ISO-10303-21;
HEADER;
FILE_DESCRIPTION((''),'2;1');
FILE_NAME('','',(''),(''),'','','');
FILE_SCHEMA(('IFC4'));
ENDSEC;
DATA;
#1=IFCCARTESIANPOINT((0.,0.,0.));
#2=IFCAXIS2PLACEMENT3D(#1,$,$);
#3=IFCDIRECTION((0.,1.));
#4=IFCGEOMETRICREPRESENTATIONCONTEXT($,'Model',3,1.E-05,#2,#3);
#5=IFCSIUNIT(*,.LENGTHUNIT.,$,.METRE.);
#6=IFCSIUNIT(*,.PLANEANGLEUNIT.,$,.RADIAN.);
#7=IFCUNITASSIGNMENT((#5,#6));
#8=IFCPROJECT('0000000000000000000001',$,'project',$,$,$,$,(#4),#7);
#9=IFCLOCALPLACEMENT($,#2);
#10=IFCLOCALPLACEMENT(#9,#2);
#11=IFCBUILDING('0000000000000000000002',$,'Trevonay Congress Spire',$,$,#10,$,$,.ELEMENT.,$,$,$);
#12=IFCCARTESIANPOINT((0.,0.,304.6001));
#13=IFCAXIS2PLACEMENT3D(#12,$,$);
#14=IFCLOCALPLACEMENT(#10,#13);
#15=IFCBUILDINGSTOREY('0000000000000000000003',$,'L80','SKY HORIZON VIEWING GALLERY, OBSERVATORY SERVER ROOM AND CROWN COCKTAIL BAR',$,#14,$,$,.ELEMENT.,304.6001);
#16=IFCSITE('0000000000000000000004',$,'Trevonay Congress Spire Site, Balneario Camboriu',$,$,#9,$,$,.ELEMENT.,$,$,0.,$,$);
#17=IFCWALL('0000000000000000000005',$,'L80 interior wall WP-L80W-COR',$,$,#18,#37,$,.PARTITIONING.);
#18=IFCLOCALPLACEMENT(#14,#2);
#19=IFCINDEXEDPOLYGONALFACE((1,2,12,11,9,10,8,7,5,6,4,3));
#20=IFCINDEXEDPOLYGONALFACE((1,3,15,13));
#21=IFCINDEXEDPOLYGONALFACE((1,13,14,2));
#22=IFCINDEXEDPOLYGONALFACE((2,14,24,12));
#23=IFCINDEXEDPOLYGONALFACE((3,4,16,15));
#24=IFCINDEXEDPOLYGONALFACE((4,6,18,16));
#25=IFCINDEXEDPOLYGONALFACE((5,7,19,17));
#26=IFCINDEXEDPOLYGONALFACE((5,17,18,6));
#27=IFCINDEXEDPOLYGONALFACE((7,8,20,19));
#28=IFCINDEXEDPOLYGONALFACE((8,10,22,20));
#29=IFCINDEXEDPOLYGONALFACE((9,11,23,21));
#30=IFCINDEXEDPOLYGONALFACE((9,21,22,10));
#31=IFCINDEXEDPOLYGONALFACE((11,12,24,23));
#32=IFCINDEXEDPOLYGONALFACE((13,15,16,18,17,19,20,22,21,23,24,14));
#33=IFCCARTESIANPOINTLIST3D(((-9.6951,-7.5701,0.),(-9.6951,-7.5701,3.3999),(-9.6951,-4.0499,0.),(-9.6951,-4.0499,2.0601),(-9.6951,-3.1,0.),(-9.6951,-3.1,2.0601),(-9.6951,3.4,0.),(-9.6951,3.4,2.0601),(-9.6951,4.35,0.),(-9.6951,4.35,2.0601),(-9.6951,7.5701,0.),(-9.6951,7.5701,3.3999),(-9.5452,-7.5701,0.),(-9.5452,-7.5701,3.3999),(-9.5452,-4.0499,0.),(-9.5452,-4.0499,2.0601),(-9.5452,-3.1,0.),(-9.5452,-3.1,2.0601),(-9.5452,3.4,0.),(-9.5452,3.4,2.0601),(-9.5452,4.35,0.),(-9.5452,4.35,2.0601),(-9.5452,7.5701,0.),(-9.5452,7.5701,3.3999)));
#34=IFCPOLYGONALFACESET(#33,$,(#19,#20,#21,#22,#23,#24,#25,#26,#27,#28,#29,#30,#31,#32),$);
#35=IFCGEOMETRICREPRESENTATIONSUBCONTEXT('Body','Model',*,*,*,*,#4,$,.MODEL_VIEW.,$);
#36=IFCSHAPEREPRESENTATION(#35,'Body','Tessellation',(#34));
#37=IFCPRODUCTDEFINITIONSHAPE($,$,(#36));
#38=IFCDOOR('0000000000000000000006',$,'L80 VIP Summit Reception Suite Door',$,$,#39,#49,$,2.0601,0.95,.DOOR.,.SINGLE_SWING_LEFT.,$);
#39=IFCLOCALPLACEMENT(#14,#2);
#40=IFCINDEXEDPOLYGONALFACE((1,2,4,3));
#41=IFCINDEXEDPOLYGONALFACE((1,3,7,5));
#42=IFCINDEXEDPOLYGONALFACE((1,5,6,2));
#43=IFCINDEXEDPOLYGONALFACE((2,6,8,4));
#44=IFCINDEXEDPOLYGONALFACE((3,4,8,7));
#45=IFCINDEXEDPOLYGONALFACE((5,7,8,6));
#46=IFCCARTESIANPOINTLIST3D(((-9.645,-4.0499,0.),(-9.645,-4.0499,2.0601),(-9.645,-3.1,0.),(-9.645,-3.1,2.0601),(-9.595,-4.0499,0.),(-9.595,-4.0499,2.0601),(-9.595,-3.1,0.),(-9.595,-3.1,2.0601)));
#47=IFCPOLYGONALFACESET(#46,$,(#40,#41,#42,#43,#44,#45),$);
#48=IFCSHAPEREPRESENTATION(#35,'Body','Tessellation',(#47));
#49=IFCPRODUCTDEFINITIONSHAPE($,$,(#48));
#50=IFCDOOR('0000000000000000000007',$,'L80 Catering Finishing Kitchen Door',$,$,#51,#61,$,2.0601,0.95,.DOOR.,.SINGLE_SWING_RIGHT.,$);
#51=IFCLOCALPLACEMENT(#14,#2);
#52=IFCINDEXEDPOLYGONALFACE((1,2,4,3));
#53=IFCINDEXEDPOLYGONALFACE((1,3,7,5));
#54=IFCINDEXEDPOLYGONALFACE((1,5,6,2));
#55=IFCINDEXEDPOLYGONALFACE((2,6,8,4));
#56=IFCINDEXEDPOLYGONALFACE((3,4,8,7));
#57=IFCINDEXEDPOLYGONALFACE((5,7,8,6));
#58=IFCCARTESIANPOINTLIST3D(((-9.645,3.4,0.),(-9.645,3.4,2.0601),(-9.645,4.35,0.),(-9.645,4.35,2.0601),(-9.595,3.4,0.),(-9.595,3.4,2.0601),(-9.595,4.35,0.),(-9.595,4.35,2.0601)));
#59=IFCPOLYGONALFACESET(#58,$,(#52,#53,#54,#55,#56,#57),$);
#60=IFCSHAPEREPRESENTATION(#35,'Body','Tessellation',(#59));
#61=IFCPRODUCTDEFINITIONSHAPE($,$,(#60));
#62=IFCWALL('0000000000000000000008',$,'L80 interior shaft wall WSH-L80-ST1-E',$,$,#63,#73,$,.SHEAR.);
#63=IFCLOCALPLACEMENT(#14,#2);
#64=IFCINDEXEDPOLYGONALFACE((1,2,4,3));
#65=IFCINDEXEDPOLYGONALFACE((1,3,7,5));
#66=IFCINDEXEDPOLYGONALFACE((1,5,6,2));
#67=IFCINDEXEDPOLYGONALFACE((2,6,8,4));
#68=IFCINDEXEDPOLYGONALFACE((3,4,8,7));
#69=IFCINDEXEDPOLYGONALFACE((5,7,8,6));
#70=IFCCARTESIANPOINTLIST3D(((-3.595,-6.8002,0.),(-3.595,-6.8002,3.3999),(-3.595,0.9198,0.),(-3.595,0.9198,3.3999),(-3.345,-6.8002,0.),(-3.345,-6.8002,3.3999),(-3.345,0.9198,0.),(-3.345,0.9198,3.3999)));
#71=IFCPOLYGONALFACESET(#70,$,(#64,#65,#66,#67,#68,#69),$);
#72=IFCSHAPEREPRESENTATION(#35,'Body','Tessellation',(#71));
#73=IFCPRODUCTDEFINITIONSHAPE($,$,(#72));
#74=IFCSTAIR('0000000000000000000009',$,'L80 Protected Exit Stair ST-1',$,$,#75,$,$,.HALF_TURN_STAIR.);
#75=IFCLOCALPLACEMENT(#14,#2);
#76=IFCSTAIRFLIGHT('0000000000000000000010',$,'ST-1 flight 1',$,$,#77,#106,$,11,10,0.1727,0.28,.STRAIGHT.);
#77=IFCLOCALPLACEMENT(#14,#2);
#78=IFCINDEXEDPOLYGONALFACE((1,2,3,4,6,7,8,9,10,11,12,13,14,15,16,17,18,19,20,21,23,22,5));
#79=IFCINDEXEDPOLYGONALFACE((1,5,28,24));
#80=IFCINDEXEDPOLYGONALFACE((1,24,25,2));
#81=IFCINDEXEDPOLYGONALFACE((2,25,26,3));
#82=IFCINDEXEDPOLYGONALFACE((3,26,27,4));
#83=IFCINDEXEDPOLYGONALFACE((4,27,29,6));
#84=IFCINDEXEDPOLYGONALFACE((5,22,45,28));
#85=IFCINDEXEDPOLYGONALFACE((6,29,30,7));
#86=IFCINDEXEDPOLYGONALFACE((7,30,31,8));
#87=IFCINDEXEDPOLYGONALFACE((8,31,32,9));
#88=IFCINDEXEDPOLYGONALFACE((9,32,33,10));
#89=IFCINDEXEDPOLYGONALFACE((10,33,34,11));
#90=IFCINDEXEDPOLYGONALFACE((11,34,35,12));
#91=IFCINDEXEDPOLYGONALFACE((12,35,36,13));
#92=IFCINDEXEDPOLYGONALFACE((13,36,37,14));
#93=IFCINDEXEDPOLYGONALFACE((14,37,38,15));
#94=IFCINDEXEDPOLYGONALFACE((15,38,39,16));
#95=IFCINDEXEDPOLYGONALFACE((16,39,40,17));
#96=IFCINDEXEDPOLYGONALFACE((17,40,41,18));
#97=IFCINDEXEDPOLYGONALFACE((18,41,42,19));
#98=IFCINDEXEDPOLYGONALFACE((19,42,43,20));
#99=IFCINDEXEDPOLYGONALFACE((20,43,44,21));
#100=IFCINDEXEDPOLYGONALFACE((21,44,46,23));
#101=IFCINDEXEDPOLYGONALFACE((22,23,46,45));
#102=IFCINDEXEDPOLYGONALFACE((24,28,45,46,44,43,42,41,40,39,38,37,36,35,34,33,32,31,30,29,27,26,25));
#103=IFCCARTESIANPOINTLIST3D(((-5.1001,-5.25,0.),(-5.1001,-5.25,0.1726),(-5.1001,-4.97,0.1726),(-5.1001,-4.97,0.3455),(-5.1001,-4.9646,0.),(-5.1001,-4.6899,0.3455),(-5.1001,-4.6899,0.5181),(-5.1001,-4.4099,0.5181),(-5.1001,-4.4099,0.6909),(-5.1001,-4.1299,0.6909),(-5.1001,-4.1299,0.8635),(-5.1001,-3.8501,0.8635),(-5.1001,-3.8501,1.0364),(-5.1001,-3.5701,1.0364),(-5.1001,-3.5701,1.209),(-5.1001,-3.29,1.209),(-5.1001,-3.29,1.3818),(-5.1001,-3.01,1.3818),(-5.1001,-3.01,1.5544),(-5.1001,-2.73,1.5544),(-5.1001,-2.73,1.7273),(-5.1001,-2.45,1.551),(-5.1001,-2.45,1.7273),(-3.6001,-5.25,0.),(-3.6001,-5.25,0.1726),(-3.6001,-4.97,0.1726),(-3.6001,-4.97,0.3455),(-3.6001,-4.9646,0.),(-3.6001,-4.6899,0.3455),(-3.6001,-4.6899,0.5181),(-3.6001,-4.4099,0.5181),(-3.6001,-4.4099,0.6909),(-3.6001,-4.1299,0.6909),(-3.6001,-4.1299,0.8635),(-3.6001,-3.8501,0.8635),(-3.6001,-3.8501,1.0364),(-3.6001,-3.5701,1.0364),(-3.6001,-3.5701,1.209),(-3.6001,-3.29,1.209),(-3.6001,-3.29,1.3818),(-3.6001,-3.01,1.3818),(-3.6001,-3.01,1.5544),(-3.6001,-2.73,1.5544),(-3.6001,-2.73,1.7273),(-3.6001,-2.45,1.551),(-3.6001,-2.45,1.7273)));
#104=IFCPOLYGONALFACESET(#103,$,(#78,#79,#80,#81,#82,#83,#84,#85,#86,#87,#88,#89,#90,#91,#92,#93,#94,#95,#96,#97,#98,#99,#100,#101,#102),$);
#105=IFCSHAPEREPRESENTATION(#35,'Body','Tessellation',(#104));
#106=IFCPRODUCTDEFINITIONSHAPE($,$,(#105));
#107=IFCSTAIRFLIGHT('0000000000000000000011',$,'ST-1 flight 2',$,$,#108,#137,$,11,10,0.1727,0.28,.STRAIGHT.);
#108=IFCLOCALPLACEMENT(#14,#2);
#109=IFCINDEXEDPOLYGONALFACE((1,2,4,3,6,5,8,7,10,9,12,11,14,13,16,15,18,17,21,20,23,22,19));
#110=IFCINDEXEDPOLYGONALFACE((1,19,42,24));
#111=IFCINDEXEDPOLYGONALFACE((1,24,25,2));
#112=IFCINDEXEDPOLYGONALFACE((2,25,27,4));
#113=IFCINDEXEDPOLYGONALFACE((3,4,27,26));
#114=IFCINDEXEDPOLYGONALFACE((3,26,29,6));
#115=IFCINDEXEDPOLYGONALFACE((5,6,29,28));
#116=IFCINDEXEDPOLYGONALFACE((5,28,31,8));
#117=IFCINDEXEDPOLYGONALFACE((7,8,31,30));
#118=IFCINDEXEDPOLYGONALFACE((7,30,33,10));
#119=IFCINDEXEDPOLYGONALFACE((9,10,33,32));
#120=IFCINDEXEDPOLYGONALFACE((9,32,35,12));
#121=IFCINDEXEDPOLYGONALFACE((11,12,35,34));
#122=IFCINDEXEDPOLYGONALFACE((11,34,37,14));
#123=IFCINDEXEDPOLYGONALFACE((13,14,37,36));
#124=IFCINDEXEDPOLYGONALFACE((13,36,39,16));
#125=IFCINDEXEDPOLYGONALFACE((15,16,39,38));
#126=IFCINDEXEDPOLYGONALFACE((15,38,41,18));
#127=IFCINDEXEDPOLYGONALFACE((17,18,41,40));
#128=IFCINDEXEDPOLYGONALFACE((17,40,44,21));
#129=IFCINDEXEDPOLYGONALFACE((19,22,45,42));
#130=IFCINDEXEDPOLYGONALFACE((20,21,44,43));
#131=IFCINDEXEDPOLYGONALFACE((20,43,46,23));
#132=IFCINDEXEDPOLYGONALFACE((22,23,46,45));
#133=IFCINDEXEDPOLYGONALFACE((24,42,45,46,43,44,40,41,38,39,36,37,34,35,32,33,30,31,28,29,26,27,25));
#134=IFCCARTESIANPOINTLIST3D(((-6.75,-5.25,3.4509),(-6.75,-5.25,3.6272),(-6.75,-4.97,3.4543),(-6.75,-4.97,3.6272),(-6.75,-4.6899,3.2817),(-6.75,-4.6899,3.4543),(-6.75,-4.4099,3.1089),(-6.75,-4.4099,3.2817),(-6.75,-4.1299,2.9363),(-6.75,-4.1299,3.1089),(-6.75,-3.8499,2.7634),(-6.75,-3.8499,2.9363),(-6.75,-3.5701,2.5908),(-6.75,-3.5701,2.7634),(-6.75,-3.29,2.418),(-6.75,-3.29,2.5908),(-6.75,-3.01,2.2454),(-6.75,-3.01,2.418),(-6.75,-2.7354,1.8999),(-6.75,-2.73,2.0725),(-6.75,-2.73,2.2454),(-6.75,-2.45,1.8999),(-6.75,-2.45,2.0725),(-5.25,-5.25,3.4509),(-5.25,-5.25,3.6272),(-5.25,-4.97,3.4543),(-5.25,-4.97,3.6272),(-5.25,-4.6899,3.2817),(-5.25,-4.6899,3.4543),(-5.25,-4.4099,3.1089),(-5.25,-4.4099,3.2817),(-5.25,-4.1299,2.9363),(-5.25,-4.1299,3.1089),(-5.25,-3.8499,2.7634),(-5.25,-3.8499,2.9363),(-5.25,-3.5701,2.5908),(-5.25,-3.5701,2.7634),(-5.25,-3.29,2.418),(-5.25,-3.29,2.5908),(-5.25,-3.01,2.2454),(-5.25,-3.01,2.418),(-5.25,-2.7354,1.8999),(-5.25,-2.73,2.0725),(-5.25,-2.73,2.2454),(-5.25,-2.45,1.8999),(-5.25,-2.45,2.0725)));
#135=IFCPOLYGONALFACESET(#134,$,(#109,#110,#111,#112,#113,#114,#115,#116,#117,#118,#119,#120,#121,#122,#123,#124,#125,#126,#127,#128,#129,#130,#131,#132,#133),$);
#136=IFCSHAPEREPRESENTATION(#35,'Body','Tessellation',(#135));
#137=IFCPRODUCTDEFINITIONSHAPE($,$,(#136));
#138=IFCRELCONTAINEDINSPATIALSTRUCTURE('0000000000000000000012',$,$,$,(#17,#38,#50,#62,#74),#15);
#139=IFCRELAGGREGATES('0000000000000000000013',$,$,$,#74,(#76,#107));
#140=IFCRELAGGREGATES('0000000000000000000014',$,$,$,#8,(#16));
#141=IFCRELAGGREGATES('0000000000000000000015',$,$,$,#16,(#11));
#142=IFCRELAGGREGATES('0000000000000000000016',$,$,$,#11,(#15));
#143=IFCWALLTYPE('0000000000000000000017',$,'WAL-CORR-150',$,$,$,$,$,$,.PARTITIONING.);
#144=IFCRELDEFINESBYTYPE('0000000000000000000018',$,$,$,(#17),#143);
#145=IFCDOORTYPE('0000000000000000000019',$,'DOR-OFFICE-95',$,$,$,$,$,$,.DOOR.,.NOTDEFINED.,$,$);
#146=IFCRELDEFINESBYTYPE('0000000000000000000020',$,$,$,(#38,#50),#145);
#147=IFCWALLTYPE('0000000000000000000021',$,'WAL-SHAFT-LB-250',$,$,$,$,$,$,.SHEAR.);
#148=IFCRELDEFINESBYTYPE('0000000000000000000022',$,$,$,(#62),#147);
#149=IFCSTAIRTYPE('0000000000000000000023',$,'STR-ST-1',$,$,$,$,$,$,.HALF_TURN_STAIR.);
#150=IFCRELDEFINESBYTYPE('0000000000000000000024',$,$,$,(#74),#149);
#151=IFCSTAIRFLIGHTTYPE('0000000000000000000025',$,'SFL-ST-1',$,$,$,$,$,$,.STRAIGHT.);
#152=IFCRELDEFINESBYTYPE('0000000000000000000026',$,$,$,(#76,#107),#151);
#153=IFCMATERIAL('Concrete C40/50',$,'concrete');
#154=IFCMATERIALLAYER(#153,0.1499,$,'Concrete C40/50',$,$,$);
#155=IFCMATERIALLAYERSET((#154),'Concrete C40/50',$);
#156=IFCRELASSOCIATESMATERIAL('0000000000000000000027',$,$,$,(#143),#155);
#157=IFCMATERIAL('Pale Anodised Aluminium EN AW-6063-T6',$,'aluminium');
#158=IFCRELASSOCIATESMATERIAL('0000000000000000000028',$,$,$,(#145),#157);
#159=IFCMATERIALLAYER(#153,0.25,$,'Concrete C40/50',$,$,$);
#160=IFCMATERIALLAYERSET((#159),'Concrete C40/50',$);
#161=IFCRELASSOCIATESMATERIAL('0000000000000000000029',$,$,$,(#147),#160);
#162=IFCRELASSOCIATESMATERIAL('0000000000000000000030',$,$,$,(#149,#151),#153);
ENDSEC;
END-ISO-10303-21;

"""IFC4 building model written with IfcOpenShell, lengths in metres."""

from ifc_helpers import new_model, si_unit, direction, frame, frame_2d, origin, place, context, subcontext, project, spatial, polyline, rectangle, outline, extrude, material, layer, layer_set, type_object, element, fill, aggregate, save


model = new_model("IFC4")

# Units and contexts
model_context = context("Model", 3, precision=1e-05, world=origin(), true_north=direction((0.0, 1.0)))
body_context = subcontext(model_context, "Body", "Model", "MODEL_VIEW")
ifc_project = project(units=[si_unit("LENGTHUNIT", "METRE"), si_unit("PLANEANGLEUNIT", "RADIAN")], contexts=[model_context])

# Site, building, storey
site_placement = place(None, origin())
site = spatial("IfcSite", under=ifc_project, at=site_placement, Name="Trevonay Congress Spire Site, Balneario Camboriu", CompositionType="ELEMENT", RefElevation=0.0)
building_placement = place(site_placement, origin())
building = spatial("IfcBuilding", under=site, at=building_placement, Name="Trevonay Congress Spire", CompositionType="ELEMENT")
storey_placement = place(building_placement, frame((0.0, 0.0, 304.6001)))
storey = spatial("IfcBuildingStorey", under=building, at=storey_placement, Name="L80", Description="SKY HORIZON VIEWING GALLERY, OBSERVATORY SERVER ROOM AND CROWN COCKTAIL BAR", CompositionType="ELEMENT", Elevation=304.6001)

# Wall, openings, doors
ifc_material_1 = material(Name="Concrete C40/50", Category="concrete")
ifc_layer_1 = layer(ifc_material_1, 0.1499, Name="Concrete C40/50")
ifc_layer_set_1 = layer_set([ifc_layer_1], Name="Concrete C40/50")
wall_type_1 = type_object("IfcWallType", Name="WAL-CORR-150", PredefinedType="PARTITIONING", material=ifc_layer_set_1)
wall_1_placement = place(storey_placement, frame((-9.6201, -7.5701, 0.0), z_axis=(0.0, 0.0, 1.0), x_axis=(0.0, 1.0, 0.0)))
wall_1 = element("IfcWall", 1, at=wall_1_placement, inside=storey, type_object=wall_type_1, Name="L80 interior wall WP-L80W-COR", PredefinedType="PARTITIONING", context=body_context, shape_type="SweptSolid", body=[
    extrude(rectangle(XDim=15.1401, YDim=0.1499, at=frame_2d((7.5701, 0.0))), origin(), (0.0, 0.0, 1.0), 3.3999),
])
opening_1_placement = place(wall_1_placement, frame((3.52, 0.0, 0.0)))
opening_1 = element("IfcOpeningElement", 2, at=opening_1_placement, cuts=wall_1, PredefinedType="OPENING", context=body_context, shape_type="SweptSolid", body=[
    extrude(rectangle(XDim=0.95, YDim=2.0601, at=frame_2d((0.4751, 1.03))), frame((0.0, 0.085, 0.0), z_axis=(0.0, -1.0, 0.0), x_axis=(1.0, 0.0, 0.0)), (0.0, 0.0, 1.0), 0.1699),
])
opening_2_placement = place(wall_1_placement, frame((10.97, 0.0, 0.0)))
opening_2 = element("IfcOpeningElement", 3, at=opening_2_placement, cuts=wall_1, PredefinedType="OPENING", context=body_context, shape_type="SweptSolid", body=[
    extrude(rectangle(XDim=0.95, YDim=2.0601, at=frame_2d((0.4751, 1.03))), frame((0.0, 0.085, 0.0), z_axis=(0.0, -1.0, 0.0), x_axis=(1.0, 0.0, 0.0)), (0.0, 0.0, 1.0), 0.1699),
])
ifc_material_2 = material(Name="Pale Anodised Aluminium EN AW-6063-T6", Category="aluminium")
door_type_1 = type_object("IfcDoorType", Name="DOR-OFFICE-95", OperationType="NOTDEFINED", PredefinedType="DOOR", material=ifc_material_2)
door_1_placement = place(opening_1_placement, origin())
door_1 = element("IfcDoor", 4, at=door_1_placement, inside=storey, type_object=door_type_1, Name="L80 VIP Summit Reception Suite Door", OperationType="SINGLE_SWING_LEFT", OverallHeight=2.0601, OverallWidth=0.95, PredefinedType="DOOR", context=body_context, shape_type="SweptSolid", body=[
    extrude(rectangle(XDim=0.95, YDim=2.0601, at=frame_2d((0.4751, 1.03))), frame((0.0, 0.0249, 0.0), z_axis=(0.0, -1.0, 0.0), x_axis=(1.0, 0.0, 0.0)), (0.0, 0.0, 1.0), 0.05),
])
fill(opening_1, door_1)
door_2_placement = place(opening_2_placement, origin())
door_2 = element("IfcDoor", 5, at=door_2_placement, inside=storey, type_object=door_type_1, Name="L80 Catering Finishing Kitchen Door", OperationType="SINGLE_SWING_RIGHT", OverallHeight=2.0601, OverallWidth=0.95, PredefinedType="DOOR", context=body_context, shape_type="SweptSolid", body=[
    extrude(rectangle(XDim=0.95, YDim=2.0601, at=frame_2d((0.4751, 1.03))), frame((0.0, 0.0249, 0.0), z_axis=(0.0, -1.0, 0.0), x_axis=(1.0, 0.0, 0.0)), (0.0, 0.0, 1.0), 0.05),
])
fill(opening_2, door_2)

# Wall
ifc_layer_2 = layer(ifc_material_1, 0.25, Name="Concrete C40/50")
ifc_layer_set_2 = layer_set([ifc_layer_2], Name="Concrete C40/50")
wall_type_2 = type_object("IfcWallType", Name="WAL-SHAFT-LB-250", PredefinedType="SHEAR", material=ifc_layer_set_2)
wall_2_placement = place(storey_placement, frame((-3.47, -6.8, 0.0), z_axis=(0.0, 0.0, 1.0), x_axis=(0.0, 1.0, 0.0)))
element("IfcWall", 6, at=wall_2_placement, inside=storey, type_object=wall_type_2, Name="L80 interior shaft wall WSH-L80-ST1-E", PredefinedType="SHEAR", context=body_context, shape_type="SweptSolid", body=[
    extrude(rectangle(XDim=7.72, YDim=0.25, at=frame_2d((3.8599, 0.0))), origin(), (0.0, 0.0, 1.0), 3.3999),
])

# Stair, stair flights
stair_type = type_object("IfcStairType", Name="STR-ST-1", PredefinedType="HALF_TURN_STAIR", material=ifc_material_1)
stair_placement = place(storey_placement, origin())
stair = element("IfcStair", 7, at=stair_placement, inside=storey, type_object=stair_type, Name="L80 Protected Exit Stair ST-1", PredefinedType="HALF_TURN_STAIR")
stair_flight_type = type_object("IfcStairFlightType", Name="SFL-ST-1", PredefinedType="STRAIGHT", material=ifc_material_1)
stair_flight_1_placement = place(storey_placement, frame((-4.3501, -5.25, 0.0), z_axis=(0.0, 0.0, 1.0), x_axis=(0.0, 1.0, 0.0)))
stair_flight_1 = element("IfcStairFlight", 8, at=stair_flight_1_placement, type_object=stair_flight_type, Name="ST-1 flight 1", NumberOfRisers=11, NumberOfTreads=10, PredefinedType="STRAIGHT", RiserHeight=0.1727, TreadLength=0.28, context=body_context, shape_type="SweptSolid", body=[
    extrude(outline(polyline([(0.0, 0.0), (0.0, 0.1726), (0.28, 0.1726), (0.28, 0.3455), (0.5601, 0.3455), (0.5601, 0.5181), (0.8401, 0.5181), (0.8401, 0.6909), (1.1201, 0.6909), (1.1201, 0.8635), (1.3999, 0.8635), (1.3999, 1.0364), (1.6799, 1.0364), (1.6799, 1.209), (1.96, 1.209), (1.96, 1.3818), (2.24, 1.3818), (2.24, 1.5544), (2.52, 1.5544), (2.52, 1.7273), (2.8, 1.7273), (2.8, 1.8999), (2.8, 1.551), (0.2854, 0.0), (0.0, 0.0)])), frame((0.0, 0.75, 0.0), z_axis=(0.0, -1.0, 0.0), x_axis=(1.0, 0.0, 0.0)), (0.0, 0.0, 1.0), 1.5),
])
stair_flight_2_placement = place(storey_placement, frame((-6.0, -2.45, 1.8999), z_axis=(0.0, 0.0, 1.0), x_axis=(0.0, -1.0, 0.0)))
stair_flight_2 = element("IfcStairFlight", 9, at=stair_flight_2_placement, type_object=stair_flight_type, Name="ST-1 flight 2", NumberOfRisers=11, NumberOfTreads=10, PredefinedType="STRAIGHT", RiserHeight=0.1727, TreadLength=0.28, context=body_context, shape_type="SweptSolid", body=[
    extrude(outline(polyline([(0.0, 0.0), (0.0, 0.1726), (0.28, 0.1726), (0.28, 0.3455), (0.5601, 0.3455), (0.5601, 0.5181), (0.8401, 0.5181), (0.8401, 0.6909), (1.1201, 0.6909), (1.1201, 0.8635), (1.3999, 0.8635), (1.3999, 1.0364), (1.6799, 1.0364), (1.6799, 1.209), (1.96, 1.209), (1.96, 1.3818), (2.24, 1.3818), (2.24, 1.5544), (2.52, 1.5544), (2.52, 1.7273), (2.8, 1.7273), (2.8, 1.8999), (2.8, 1.551), (0.2854, 0.0), (0.0, 0.0)])), frame((0.0, 0.75, 0.0), z_axis=(0.0, -1.0, 0.0), x_axis=(1.0, 0.0, 0.0)), (0.0, 0.0, 1.0), 1.5),
])
aggregate(stair, [stair_flight_1, stair_flight_2])

save(model, "model.ifc")
